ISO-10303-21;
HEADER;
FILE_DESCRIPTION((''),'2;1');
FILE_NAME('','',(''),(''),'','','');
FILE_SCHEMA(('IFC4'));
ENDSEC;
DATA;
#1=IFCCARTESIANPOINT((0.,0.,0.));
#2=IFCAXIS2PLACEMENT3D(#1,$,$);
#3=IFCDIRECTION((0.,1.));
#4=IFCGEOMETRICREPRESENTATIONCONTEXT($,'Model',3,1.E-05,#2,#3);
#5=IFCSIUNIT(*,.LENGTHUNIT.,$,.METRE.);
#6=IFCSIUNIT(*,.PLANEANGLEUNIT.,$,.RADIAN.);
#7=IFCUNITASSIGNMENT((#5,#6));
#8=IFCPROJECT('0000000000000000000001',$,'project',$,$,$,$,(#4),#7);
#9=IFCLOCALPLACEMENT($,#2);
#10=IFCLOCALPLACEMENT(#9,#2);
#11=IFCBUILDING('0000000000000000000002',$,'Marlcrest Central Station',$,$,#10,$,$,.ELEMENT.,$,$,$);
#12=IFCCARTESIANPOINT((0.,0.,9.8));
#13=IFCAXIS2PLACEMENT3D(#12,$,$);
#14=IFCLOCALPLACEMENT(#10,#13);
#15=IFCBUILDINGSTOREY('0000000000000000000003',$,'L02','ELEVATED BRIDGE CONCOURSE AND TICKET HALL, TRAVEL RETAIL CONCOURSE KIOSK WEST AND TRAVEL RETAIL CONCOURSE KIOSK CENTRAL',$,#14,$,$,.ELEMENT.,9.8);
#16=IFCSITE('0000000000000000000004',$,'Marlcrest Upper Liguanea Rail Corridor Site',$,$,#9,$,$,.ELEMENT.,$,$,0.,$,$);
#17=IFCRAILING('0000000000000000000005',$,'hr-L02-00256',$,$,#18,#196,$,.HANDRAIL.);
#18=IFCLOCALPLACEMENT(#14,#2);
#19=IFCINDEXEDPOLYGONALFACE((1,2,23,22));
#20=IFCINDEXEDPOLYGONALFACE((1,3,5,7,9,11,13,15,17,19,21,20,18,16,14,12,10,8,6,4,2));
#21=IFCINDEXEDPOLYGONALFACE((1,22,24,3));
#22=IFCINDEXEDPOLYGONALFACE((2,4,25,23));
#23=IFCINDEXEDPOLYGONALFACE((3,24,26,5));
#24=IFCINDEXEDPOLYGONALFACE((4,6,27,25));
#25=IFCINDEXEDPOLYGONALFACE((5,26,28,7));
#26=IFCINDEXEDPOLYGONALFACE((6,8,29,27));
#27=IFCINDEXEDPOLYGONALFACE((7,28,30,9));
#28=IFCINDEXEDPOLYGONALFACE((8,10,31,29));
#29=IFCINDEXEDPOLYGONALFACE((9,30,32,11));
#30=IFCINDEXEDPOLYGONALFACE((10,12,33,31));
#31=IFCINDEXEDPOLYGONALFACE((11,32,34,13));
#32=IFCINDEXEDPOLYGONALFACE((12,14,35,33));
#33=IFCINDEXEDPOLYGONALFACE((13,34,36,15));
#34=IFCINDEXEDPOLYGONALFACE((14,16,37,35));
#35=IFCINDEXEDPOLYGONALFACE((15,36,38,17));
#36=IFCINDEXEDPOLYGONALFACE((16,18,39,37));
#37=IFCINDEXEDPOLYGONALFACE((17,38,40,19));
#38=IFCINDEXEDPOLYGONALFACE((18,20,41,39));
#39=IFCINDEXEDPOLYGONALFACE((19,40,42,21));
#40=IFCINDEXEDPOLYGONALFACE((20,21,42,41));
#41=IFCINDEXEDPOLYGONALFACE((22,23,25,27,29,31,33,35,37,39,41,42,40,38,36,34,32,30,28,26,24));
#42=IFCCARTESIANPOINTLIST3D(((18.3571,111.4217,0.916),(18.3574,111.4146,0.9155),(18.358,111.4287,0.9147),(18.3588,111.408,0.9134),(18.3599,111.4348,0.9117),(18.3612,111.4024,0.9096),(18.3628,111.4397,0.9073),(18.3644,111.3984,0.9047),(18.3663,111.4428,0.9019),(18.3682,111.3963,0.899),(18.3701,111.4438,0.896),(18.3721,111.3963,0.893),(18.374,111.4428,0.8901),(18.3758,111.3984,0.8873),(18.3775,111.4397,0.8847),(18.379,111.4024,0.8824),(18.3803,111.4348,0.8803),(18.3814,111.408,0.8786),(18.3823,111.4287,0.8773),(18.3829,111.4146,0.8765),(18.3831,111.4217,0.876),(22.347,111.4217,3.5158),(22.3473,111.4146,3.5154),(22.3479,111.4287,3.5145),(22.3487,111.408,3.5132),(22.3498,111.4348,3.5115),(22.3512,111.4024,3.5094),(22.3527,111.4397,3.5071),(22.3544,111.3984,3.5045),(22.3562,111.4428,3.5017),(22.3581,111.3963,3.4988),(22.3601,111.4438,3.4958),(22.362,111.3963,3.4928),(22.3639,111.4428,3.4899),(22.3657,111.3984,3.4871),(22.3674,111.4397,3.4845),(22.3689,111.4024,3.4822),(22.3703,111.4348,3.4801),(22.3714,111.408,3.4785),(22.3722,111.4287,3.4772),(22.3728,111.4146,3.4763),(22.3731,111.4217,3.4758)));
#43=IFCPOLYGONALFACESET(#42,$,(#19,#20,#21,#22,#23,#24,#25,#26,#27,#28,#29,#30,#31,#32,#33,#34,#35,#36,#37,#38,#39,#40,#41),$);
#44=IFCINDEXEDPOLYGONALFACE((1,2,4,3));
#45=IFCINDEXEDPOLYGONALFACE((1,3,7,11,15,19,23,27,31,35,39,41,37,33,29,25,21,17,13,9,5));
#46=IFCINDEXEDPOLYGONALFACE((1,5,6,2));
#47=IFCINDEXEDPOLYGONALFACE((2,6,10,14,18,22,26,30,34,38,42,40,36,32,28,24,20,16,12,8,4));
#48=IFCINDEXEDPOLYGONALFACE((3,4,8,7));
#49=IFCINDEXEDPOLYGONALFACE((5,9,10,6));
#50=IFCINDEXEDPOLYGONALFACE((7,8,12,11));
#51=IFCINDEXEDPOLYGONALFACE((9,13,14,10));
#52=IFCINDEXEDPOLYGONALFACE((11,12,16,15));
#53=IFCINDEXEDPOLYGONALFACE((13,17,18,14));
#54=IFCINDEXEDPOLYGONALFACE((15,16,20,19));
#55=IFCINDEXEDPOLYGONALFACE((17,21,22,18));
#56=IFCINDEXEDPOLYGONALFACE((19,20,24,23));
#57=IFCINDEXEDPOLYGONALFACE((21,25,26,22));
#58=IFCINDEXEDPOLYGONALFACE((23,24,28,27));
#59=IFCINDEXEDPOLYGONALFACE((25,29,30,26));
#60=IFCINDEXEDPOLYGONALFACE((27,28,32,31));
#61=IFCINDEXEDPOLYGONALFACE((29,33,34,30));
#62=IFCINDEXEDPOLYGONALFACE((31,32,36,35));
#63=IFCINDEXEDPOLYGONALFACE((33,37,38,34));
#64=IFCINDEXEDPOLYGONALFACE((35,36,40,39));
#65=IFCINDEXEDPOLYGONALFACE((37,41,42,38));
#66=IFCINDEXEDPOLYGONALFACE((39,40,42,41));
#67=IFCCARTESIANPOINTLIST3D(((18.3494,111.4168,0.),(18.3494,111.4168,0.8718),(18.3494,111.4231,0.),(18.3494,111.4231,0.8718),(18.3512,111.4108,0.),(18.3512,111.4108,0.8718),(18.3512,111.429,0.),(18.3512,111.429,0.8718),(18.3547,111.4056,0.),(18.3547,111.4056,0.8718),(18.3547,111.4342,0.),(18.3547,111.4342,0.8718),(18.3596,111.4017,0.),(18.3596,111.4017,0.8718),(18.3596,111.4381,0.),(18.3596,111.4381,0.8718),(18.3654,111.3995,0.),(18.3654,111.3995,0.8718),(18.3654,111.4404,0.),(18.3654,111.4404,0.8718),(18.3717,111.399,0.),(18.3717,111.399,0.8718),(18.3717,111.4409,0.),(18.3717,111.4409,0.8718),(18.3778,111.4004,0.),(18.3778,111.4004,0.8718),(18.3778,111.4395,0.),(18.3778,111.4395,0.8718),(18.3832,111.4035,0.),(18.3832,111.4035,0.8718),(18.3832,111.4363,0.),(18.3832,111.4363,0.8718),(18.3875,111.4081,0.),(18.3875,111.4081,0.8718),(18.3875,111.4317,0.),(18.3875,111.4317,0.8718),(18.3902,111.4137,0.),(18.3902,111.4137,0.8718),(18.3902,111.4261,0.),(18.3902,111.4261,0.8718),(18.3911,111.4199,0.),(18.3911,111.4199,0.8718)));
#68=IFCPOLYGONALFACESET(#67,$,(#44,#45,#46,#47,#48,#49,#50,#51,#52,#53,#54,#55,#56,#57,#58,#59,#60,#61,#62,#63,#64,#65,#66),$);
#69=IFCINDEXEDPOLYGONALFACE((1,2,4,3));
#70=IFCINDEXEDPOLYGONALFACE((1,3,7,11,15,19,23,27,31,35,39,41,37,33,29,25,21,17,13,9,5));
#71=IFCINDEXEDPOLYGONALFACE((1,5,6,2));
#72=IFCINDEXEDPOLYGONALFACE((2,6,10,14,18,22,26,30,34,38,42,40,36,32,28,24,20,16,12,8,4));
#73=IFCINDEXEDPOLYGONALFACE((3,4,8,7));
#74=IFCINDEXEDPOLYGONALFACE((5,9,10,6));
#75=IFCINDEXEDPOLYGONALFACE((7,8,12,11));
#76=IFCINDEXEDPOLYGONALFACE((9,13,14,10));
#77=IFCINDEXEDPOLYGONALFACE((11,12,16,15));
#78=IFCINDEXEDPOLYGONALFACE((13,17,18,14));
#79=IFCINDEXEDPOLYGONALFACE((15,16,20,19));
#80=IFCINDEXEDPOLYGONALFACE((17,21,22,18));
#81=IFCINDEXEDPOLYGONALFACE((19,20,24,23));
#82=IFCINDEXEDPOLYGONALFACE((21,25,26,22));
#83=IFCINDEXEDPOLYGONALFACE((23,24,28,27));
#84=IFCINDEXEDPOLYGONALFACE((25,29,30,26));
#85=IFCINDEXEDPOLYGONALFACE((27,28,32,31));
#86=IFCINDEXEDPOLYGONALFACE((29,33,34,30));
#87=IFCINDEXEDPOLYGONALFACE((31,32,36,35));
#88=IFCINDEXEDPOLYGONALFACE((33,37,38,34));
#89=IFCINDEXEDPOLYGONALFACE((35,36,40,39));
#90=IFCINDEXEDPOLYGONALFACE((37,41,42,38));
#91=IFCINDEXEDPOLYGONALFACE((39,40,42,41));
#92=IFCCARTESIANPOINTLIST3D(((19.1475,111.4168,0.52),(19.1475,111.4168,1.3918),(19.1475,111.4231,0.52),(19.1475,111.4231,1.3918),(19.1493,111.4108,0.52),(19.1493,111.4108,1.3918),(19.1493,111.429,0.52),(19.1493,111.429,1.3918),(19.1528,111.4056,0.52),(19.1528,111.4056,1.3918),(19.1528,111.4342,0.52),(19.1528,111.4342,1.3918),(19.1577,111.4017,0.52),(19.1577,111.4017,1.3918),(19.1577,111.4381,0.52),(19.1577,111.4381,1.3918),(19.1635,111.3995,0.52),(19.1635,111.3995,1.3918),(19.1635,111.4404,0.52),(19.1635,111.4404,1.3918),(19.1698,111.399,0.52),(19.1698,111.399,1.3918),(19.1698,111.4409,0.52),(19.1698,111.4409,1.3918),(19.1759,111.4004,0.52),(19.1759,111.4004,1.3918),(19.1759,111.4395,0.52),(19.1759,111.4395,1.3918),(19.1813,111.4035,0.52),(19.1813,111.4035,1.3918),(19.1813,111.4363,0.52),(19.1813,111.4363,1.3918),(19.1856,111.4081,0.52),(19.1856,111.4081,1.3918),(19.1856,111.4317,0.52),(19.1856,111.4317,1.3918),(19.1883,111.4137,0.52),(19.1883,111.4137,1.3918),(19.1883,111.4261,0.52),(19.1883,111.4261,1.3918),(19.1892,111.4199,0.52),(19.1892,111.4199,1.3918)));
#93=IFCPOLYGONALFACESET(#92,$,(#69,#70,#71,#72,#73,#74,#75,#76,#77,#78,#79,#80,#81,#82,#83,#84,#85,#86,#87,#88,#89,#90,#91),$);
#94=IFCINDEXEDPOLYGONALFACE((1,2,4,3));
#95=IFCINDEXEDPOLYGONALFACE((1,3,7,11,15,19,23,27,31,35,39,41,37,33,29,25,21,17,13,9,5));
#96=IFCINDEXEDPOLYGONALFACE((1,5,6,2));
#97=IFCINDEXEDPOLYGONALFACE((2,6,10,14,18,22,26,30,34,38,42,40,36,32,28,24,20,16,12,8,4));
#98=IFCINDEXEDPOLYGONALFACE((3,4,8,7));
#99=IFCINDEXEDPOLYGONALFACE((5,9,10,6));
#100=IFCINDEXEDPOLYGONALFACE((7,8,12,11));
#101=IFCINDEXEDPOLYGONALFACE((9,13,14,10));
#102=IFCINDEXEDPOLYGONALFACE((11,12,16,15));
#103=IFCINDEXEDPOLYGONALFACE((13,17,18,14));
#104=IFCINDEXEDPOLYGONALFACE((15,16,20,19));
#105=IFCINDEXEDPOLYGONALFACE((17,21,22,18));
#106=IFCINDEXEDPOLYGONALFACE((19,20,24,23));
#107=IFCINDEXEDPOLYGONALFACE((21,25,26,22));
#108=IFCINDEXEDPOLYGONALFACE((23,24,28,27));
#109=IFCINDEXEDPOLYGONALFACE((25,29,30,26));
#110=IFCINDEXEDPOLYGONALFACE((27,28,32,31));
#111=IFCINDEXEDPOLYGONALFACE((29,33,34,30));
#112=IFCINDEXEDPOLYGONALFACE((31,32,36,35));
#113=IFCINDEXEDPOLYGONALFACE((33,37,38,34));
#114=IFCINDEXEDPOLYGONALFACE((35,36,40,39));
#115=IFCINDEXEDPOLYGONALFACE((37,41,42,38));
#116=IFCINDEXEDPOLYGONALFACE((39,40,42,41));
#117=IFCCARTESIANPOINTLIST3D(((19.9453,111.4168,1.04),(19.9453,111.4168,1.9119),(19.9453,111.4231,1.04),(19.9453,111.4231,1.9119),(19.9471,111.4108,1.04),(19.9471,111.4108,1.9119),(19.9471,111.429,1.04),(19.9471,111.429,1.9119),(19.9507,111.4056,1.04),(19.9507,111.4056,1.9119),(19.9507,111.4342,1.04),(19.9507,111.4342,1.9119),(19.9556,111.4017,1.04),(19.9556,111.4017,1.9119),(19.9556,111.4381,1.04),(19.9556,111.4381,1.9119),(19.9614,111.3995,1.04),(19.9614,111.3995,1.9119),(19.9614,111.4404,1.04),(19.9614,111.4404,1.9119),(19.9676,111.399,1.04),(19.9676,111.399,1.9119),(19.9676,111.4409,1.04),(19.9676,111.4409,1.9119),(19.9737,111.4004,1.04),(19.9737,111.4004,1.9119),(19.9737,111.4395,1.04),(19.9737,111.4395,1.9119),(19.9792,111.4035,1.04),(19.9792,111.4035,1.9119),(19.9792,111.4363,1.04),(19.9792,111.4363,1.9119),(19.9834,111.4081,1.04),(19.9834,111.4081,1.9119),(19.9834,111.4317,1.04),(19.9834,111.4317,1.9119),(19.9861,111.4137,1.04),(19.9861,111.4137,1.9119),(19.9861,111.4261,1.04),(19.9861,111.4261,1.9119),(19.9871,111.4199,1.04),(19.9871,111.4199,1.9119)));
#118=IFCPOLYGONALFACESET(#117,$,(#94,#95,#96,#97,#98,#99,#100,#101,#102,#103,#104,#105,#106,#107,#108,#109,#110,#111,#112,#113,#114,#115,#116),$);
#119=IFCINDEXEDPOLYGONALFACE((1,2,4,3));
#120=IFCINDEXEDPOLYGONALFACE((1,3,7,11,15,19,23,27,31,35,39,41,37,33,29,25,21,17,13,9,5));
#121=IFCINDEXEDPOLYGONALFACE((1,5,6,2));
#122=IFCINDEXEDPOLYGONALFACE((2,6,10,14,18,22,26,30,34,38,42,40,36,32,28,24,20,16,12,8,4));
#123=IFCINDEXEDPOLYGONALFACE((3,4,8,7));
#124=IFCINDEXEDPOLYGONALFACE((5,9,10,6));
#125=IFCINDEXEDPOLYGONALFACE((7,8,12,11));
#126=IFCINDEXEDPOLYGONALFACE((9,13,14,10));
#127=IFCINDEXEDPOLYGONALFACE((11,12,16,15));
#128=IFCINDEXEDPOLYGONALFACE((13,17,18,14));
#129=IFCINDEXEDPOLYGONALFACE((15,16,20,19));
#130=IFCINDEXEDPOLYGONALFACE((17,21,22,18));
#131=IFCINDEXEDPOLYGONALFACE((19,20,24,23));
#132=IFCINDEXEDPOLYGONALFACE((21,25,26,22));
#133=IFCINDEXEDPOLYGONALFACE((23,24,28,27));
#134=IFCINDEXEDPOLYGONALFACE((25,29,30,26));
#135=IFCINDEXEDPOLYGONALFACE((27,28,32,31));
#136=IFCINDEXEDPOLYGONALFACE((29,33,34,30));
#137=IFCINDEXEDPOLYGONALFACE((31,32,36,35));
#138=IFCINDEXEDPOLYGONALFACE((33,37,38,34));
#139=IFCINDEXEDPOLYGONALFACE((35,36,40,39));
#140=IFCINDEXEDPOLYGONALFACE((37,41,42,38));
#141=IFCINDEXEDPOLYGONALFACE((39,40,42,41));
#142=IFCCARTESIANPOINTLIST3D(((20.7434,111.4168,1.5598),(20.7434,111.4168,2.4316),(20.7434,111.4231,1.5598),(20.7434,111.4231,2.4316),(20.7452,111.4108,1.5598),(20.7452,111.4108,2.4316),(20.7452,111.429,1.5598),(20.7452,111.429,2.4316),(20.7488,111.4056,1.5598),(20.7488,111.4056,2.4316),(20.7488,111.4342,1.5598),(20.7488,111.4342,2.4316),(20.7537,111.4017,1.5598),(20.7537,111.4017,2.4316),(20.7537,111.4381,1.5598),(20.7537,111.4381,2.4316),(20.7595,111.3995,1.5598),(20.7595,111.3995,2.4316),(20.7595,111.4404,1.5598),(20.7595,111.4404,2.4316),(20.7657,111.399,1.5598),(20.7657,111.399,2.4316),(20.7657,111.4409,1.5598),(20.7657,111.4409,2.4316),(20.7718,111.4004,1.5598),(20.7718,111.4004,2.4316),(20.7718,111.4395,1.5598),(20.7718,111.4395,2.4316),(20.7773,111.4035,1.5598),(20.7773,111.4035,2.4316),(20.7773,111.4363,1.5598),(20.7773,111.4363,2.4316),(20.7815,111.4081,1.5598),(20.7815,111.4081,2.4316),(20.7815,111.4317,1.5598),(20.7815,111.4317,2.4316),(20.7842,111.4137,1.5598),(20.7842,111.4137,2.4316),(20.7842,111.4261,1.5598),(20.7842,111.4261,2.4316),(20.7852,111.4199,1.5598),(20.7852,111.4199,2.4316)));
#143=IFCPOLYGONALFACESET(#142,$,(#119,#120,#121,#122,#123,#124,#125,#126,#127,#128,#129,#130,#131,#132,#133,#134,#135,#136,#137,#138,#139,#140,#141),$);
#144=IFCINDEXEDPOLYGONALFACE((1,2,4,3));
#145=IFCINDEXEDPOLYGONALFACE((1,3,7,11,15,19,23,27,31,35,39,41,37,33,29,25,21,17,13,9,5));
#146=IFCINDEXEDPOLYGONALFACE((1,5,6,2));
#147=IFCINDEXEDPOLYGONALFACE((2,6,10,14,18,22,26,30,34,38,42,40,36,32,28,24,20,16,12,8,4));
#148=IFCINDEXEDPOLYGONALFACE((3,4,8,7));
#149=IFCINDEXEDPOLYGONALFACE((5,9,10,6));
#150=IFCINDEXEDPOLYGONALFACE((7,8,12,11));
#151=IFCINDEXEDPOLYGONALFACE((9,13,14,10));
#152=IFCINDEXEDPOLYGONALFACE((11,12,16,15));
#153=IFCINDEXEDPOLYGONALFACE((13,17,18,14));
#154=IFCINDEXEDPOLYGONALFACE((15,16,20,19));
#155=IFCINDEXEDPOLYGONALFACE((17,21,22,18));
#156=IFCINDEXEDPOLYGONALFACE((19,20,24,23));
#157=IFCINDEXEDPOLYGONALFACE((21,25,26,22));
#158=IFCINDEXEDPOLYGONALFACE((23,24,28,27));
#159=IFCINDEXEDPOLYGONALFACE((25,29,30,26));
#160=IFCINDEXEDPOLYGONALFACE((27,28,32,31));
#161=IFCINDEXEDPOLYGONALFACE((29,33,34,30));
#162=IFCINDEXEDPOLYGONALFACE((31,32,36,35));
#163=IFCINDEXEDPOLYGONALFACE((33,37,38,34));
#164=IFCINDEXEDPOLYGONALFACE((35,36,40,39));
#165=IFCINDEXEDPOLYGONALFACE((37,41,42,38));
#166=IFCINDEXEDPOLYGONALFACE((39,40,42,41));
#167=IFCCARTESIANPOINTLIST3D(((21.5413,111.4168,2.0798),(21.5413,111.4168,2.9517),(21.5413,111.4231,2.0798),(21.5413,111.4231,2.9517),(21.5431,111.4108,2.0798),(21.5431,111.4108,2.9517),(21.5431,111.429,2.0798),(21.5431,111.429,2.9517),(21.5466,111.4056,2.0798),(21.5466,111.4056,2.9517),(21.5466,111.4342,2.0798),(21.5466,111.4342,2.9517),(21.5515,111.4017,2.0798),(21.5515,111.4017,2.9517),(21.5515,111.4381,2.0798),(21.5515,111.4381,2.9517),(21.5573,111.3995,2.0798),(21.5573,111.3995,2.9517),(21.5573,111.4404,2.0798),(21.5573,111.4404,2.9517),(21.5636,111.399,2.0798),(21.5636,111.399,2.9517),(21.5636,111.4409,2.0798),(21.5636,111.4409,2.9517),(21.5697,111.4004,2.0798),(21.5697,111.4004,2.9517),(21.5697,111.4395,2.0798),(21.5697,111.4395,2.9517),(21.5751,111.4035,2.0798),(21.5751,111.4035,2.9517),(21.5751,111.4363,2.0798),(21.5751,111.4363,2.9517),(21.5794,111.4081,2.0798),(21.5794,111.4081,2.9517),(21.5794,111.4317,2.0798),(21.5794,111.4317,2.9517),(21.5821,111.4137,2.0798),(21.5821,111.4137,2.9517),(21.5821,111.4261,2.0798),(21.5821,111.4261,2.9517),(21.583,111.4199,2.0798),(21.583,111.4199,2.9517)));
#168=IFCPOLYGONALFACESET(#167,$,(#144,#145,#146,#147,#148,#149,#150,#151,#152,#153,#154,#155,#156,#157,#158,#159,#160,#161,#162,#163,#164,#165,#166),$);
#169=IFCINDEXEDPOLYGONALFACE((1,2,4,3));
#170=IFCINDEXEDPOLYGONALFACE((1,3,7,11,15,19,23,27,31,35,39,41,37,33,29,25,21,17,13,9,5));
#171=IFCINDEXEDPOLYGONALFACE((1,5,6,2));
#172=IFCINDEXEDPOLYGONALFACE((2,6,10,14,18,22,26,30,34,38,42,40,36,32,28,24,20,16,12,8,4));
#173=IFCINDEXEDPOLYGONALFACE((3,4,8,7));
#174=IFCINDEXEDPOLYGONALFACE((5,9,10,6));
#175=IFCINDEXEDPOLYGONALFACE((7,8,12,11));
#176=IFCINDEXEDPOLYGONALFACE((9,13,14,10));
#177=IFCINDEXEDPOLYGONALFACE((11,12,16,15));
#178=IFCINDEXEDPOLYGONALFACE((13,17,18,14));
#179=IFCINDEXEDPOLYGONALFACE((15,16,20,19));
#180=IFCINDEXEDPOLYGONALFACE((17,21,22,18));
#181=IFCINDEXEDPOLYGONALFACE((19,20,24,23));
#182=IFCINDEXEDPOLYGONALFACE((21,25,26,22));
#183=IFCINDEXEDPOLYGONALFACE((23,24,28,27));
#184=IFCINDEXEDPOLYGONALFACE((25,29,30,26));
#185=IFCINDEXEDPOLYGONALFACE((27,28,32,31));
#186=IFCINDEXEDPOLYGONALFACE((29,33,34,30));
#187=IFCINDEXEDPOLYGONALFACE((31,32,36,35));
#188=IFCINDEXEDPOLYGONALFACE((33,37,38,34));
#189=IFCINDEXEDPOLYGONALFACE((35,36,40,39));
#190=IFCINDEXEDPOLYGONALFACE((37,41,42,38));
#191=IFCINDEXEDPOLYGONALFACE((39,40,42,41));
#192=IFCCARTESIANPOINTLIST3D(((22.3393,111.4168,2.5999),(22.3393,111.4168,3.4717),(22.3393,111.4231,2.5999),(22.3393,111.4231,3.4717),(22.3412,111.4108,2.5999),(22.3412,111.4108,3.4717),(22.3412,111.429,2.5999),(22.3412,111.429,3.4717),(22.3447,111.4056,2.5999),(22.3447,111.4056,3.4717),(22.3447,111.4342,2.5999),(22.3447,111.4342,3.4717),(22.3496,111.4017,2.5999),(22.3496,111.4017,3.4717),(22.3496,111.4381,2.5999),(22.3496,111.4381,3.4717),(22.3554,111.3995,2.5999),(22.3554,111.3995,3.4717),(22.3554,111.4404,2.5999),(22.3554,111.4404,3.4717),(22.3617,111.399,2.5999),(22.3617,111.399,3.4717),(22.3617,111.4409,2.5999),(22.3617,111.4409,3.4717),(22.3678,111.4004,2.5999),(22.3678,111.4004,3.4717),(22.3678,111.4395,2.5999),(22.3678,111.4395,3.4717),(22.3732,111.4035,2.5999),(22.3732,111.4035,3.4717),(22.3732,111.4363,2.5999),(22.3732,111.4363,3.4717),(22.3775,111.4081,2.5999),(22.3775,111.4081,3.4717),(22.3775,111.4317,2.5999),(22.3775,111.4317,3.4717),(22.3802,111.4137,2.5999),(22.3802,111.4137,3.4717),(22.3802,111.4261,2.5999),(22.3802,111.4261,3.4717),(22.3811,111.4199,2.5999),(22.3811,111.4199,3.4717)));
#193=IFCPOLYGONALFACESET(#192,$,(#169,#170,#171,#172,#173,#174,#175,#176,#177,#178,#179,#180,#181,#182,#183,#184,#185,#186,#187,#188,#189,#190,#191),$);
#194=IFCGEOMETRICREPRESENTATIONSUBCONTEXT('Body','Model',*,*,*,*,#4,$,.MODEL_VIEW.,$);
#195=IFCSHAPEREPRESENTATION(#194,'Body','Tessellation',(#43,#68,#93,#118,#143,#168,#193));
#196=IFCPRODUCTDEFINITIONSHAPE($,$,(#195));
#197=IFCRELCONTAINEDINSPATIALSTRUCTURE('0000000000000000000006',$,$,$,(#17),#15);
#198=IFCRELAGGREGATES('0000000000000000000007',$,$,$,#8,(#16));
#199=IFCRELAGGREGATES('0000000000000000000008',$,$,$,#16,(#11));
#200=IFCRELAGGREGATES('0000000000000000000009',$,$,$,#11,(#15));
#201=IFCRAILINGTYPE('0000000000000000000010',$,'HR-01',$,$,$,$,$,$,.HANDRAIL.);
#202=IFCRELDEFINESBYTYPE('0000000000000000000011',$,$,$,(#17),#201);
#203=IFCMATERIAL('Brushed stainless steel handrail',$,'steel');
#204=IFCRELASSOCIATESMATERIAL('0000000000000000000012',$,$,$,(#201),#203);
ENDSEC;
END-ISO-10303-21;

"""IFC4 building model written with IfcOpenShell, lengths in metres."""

from ifc_helpers import new_model, si_unit, direction, frame, origin, origin_2d, place, context, subcontext, project, spatial, circle, extrude, material, type_object, element, save


model = new_model("IFC4")

# Units and contexts
model_context = context("Model", 3, precision=1e-05, world=origin(), true_north=direction((0.0, 1.0)))
body_context = subcontext(model_context, "Body", "Model", "MODEL_VIEW")
ifc_project = project(units=[si_unit("LENGTHUNIT", "METRE"), si_unit("PLANEANGLEUNIT", "RADIAN")], contexts=[model_context])

# Site, building, storey
site_placement = place(None, origin())
site = spatial("IfcSite", under=ifc_project, at=site_placement, Name="Marlcrest Upper Liguanea Rail Corridor Site", CompositionType="ELEMENT", RefElevation=0.0)
building_placement = place(site_placement, origin())
building = spatial("IfcBuilding", under=site, at=building_placement, Name="Marlcrest Central Station", CompositionType="ELEMENT")
storey_placement = place(building_placement, frame((0.0, 0.0, 9.8)))
storey = spatial("IfcBuildingStorey", under=building, at=storey_placement, Name="L02", Description="ELEVATED BRIDGE CONCOURSE AND TICKET HALL, TRAVEL RETAIL CONCOURSE KIOSK WEST AND TRAVEL RETAIL CONCOURSE KIOSK CENTRAL", CompositionType="ELEMENT", Elevation=9.8)

# Railing
ifc_material_1 = material(Name="Brushed stainless steel handrail", Category="steel")
railing_type = type_object("IfcRailingType", Name="HR-01", PredefinedType="HANDRAIL", material=ifc_material_1)
for number, where, name in (
    (1, (18.3701, 111.4199, 0.0), "hr-L02-00256"),
):
    element("IfcRailing", number, at=place(storey_placement, frame(where)), inside=storey, type_object=railing_type, Name=name, PredefinedType="HANDRAIL", context=body_context, shape_type="SweptSolid", body=[
        extrude(circle(Radius=0.0239, at=origin_2d()), frame((0.0, 0.0, 0.896), z_axis=(0.837833, 0.0, 0.545927), x_axis=(0.0, 1.0, 0.0)), (0.0, 0.0, 1.0), 4.7622),
        extrude(circle(Radius=0.021, at=origin_2d()), origin(), (0.0, 0.0, 1.0), 0.8718),
        extrude(circle(Radius=0.021, at=origin_2d()), frame((0.7981, 0.0, 0.52)), (0.0, 0.0, 1.0), 0.8718),
        extrude(circle(Radius=0.021, at=origin_2d()), frame((1.5959, 0.0, 1.04)), (0.0, 0.0, 1.0), 0.8718),
        extrude(circle(Radius=0.021, at=origin_2d()), frame((2.394, 0.0, 1.5598)), (0.0, 0.0, 1.0), 0.8718),
        extrude(circle(Radius=0.021, at=origin_2d()), frame((3.1919, 0.0, 2.0798)), (0.0, 0.0, 1.0), 0.8718),
        extrude(circle(Radius=0.021, at=origin_2d()), frame((3.99, 0.0, 2.5999)), (0.0, 0.0, 1.0), 0.8718),
    ])

save(model, "model.ifc")
